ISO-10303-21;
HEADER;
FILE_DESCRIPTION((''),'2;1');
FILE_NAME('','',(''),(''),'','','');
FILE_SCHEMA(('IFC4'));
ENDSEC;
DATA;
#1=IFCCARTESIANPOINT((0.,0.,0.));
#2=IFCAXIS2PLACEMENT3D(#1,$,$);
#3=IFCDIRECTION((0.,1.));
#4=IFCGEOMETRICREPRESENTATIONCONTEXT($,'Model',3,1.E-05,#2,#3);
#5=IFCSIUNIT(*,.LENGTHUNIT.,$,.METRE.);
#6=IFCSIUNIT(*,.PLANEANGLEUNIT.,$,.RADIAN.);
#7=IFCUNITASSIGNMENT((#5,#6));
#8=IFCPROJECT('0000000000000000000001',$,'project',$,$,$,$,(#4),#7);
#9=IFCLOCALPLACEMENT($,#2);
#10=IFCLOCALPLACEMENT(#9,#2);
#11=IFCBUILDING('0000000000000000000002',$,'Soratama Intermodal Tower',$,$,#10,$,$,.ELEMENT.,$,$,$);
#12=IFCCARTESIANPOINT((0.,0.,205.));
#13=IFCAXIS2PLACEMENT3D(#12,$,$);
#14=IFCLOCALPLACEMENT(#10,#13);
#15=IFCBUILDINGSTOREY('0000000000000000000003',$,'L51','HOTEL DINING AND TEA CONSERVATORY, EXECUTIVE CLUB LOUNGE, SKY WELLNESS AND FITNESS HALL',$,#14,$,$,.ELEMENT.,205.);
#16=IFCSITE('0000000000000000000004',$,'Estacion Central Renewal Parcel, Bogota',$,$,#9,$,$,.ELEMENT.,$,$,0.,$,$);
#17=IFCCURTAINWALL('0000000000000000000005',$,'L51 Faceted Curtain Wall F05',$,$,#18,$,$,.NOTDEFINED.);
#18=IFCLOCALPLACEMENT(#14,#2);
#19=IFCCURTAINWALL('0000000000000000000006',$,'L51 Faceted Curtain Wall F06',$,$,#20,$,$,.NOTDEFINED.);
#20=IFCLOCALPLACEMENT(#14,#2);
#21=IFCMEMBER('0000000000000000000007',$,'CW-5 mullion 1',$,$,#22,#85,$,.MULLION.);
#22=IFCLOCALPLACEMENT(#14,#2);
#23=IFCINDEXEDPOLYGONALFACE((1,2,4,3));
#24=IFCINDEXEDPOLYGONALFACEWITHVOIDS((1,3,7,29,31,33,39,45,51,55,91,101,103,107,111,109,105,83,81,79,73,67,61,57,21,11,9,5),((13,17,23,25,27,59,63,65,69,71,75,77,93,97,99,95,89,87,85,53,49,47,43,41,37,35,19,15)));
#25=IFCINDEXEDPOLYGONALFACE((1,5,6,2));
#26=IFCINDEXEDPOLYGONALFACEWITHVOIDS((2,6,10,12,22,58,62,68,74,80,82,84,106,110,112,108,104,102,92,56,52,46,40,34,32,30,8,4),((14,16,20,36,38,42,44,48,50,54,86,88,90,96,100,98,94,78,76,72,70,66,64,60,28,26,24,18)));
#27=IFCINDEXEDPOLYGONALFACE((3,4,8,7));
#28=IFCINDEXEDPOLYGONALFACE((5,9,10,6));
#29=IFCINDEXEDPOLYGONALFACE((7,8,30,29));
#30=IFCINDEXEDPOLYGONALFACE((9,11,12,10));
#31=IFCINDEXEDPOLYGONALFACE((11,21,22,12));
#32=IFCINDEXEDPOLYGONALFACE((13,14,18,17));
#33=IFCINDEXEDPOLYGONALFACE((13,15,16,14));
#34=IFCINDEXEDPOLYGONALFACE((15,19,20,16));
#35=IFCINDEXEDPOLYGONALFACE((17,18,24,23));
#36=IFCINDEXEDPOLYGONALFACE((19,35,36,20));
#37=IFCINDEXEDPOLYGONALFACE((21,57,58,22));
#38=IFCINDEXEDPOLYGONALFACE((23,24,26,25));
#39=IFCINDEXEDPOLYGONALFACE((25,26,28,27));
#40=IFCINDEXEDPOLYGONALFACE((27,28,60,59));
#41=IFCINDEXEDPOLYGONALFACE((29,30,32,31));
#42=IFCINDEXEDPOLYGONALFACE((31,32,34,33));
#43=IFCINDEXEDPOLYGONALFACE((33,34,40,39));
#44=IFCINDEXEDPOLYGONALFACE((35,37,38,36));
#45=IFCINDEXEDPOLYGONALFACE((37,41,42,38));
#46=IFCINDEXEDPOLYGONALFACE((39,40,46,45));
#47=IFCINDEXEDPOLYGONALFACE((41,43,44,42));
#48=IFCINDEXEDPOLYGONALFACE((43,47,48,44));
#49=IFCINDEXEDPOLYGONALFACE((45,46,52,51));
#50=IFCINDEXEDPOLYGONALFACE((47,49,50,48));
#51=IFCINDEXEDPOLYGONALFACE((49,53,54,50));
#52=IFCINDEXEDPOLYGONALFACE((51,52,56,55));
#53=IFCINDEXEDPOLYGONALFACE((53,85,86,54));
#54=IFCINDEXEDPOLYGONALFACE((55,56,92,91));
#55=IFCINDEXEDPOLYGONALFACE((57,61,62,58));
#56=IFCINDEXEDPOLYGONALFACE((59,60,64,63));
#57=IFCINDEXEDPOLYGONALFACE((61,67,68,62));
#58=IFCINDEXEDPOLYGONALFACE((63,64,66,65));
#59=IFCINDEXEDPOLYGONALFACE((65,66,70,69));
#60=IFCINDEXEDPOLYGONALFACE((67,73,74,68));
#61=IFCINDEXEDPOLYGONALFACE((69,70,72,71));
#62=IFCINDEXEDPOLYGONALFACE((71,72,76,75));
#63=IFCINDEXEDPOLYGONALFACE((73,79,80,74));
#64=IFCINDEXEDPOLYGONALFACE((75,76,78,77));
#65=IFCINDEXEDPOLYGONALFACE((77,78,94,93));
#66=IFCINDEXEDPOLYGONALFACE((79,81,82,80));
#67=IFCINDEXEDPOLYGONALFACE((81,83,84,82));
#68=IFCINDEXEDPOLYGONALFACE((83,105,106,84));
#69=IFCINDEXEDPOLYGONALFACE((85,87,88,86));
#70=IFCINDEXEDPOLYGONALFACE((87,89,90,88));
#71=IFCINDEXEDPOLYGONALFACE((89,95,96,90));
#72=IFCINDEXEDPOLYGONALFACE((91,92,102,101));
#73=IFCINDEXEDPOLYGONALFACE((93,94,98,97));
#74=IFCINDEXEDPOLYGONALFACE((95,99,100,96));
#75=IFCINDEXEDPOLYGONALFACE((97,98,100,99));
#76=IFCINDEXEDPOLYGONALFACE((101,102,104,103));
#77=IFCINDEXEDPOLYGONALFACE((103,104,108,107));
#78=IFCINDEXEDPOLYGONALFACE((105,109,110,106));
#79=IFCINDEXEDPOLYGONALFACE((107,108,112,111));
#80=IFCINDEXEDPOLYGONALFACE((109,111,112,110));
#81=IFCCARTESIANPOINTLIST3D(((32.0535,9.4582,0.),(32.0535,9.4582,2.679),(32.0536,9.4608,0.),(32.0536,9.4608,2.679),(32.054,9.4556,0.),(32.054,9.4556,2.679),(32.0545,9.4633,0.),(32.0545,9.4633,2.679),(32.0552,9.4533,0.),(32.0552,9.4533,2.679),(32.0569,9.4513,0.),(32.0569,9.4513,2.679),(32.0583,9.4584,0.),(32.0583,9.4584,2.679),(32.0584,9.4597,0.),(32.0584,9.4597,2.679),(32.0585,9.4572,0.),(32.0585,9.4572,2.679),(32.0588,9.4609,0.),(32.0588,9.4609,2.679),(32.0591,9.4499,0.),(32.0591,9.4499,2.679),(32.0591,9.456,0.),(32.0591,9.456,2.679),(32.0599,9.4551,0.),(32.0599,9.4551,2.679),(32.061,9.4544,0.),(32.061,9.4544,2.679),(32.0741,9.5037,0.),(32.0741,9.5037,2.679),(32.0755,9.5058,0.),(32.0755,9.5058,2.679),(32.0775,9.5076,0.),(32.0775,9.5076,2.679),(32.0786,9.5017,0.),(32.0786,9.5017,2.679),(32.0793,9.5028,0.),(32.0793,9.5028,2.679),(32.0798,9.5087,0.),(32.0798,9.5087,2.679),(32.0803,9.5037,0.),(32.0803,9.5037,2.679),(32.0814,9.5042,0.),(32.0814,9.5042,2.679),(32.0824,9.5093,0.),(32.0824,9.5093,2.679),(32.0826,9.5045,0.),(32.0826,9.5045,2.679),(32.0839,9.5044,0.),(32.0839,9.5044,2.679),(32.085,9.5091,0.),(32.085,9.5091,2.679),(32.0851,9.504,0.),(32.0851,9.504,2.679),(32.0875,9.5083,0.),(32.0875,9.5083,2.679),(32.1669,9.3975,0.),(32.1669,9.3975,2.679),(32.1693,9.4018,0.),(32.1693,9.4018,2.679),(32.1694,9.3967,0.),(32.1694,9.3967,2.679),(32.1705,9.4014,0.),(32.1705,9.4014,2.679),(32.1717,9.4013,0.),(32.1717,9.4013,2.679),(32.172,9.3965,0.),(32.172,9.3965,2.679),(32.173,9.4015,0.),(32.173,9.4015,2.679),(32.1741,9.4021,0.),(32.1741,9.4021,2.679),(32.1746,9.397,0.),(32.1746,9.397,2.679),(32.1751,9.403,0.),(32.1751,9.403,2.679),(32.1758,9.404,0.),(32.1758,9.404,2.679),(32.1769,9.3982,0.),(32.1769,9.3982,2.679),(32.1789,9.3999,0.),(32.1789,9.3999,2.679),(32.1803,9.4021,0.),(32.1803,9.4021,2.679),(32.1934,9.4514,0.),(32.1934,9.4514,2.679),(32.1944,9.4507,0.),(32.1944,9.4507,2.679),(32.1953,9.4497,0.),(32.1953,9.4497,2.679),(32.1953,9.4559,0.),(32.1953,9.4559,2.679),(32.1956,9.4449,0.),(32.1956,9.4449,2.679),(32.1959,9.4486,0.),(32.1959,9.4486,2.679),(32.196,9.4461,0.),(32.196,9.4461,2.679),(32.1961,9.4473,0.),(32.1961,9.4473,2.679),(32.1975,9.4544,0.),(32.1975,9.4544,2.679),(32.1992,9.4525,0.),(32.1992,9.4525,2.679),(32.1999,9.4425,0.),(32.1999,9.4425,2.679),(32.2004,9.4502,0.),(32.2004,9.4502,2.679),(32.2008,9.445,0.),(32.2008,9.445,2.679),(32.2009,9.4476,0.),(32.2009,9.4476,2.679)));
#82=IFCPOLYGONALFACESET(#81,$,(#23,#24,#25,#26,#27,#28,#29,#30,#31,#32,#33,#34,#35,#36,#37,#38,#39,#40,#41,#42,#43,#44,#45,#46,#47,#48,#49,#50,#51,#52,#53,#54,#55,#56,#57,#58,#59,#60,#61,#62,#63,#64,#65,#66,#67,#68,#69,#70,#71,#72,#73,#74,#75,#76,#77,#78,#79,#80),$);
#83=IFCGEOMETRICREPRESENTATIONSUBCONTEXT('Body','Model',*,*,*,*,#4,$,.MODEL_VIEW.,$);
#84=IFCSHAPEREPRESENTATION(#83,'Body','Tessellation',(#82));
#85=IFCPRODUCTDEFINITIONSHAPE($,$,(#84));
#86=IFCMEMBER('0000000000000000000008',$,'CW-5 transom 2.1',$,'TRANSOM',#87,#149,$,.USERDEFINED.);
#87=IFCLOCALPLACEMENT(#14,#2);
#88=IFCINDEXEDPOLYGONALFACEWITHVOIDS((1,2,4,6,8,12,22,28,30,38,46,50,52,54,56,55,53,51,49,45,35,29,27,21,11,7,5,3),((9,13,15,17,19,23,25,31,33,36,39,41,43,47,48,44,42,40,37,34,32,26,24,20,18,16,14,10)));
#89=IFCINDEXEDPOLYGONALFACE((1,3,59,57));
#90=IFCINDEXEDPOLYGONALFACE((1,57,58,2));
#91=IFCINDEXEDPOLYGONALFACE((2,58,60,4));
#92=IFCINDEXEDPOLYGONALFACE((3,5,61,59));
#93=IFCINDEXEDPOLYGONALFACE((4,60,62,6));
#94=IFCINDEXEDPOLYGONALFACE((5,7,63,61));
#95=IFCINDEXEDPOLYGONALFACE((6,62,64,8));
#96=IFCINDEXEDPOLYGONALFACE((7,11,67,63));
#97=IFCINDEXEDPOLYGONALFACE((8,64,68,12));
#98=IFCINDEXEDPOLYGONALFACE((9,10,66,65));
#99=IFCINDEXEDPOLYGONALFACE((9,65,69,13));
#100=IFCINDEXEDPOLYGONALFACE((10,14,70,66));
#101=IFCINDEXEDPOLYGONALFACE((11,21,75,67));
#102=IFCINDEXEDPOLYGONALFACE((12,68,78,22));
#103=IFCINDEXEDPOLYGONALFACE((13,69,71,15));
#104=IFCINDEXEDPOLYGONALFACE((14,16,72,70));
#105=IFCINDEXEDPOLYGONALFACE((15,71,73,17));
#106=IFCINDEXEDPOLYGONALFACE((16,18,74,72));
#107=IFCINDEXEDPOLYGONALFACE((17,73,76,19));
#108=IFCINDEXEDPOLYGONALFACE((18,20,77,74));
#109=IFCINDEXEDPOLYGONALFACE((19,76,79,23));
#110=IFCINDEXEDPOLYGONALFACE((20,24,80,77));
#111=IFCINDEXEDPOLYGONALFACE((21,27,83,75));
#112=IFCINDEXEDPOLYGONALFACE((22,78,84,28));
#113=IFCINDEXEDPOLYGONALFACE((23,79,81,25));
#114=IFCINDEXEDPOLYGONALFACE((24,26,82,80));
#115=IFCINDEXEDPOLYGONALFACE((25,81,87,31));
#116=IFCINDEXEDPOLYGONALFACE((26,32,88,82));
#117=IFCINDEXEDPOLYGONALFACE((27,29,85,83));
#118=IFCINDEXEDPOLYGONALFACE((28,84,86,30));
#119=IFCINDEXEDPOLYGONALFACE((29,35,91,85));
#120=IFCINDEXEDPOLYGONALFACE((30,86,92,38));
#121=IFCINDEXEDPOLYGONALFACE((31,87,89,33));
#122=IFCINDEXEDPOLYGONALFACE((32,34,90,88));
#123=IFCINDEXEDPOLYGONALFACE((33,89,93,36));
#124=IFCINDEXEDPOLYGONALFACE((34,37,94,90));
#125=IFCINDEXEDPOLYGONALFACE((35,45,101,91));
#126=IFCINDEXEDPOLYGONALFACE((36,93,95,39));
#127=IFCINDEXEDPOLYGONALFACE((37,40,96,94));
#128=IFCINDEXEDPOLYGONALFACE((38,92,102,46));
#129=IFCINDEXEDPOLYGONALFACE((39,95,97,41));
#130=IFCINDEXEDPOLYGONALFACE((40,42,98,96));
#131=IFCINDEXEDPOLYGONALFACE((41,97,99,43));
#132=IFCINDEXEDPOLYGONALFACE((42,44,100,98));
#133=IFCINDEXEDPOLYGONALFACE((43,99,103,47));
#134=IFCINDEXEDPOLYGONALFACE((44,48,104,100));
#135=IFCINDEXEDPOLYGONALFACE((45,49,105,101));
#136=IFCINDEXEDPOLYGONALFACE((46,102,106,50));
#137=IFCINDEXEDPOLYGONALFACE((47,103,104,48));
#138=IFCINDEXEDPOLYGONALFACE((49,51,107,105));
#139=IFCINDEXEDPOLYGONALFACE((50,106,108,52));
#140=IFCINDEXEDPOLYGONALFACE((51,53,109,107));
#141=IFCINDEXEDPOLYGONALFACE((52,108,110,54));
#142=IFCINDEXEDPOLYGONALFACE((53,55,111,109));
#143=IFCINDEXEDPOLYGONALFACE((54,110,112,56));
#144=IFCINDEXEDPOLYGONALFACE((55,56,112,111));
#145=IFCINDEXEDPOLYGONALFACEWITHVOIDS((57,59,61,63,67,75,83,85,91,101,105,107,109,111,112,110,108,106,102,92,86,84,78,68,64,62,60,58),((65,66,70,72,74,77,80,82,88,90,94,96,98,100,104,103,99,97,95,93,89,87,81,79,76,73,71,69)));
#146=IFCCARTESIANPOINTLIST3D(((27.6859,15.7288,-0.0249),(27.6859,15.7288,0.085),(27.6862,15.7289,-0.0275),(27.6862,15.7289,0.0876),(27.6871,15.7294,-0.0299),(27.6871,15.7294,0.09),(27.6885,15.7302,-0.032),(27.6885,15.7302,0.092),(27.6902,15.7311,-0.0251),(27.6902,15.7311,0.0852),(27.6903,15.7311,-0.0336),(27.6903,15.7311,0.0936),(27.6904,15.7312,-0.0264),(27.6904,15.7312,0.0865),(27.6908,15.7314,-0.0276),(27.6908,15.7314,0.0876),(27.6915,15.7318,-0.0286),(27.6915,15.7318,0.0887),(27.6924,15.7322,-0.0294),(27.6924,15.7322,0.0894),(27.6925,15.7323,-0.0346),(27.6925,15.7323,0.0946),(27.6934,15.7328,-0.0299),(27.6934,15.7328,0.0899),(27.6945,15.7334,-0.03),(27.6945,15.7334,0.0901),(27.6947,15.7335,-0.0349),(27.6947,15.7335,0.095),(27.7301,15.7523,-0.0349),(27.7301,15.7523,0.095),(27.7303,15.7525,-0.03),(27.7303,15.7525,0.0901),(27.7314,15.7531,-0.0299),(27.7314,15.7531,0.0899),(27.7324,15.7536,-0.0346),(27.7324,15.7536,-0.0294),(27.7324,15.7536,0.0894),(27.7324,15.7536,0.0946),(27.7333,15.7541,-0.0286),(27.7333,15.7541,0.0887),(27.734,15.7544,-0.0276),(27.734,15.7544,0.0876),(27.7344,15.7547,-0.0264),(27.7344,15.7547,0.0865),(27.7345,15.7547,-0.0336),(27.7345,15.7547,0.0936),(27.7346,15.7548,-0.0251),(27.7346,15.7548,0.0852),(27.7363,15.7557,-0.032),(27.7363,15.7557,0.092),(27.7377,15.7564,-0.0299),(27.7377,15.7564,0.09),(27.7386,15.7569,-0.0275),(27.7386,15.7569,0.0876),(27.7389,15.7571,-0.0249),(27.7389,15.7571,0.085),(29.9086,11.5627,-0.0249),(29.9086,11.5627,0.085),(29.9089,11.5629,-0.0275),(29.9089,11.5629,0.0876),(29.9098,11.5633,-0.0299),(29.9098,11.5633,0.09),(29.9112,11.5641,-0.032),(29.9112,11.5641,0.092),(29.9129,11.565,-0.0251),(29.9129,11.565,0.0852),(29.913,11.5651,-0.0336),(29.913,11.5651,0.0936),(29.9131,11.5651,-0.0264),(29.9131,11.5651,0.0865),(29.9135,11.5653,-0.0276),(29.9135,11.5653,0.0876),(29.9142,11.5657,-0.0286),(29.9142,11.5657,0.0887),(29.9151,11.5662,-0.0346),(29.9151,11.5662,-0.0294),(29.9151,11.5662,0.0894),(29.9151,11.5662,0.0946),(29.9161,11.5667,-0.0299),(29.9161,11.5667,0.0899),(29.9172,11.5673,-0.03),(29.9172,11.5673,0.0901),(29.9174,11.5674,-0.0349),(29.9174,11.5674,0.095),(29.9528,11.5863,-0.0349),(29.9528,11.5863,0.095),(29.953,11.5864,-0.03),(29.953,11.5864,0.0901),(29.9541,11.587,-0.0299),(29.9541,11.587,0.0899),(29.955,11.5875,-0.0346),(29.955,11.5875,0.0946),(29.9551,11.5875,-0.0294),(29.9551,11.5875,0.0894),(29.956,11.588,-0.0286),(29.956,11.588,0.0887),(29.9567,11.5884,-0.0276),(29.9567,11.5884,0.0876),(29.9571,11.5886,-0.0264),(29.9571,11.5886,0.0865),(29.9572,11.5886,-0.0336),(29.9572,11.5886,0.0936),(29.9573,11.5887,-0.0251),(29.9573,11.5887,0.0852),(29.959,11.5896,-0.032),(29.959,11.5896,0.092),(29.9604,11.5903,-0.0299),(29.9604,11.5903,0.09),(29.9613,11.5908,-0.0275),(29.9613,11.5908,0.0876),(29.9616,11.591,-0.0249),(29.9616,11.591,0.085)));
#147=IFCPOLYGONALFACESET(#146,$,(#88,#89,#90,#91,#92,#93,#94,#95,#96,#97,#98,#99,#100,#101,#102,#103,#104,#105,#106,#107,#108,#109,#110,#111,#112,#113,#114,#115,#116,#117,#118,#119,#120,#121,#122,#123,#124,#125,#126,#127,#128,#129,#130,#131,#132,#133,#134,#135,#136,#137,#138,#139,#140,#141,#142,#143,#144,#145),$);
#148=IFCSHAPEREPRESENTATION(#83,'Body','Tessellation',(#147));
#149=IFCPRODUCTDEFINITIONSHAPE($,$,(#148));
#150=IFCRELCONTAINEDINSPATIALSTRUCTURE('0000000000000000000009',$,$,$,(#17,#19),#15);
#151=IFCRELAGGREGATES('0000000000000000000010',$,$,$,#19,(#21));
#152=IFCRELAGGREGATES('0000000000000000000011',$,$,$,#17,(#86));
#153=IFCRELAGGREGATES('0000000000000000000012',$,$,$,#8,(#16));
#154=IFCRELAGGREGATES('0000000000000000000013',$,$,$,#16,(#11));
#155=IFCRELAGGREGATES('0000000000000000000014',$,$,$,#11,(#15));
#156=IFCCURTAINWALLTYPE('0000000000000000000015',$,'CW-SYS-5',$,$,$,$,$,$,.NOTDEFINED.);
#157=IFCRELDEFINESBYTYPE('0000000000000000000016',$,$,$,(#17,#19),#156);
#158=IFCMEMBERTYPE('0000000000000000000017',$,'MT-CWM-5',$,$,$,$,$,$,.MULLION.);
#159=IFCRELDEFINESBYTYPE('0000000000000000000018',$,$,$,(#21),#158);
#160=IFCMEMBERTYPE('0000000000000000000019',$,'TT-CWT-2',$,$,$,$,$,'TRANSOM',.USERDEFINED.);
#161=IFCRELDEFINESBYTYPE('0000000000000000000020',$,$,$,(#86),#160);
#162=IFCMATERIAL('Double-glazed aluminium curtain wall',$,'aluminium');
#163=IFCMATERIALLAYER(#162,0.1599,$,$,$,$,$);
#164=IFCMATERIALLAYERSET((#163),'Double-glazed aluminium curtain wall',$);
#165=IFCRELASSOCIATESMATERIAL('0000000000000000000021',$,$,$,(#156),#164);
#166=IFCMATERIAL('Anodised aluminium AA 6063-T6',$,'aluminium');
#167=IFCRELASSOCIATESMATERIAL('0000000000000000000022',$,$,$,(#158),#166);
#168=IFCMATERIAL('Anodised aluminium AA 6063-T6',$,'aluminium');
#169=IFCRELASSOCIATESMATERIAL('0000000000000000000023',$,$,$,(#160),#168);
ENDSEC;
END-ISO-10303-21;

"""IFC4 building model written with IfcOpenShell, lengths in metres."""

from ifc_helpers import new_model, si_unit, direction, frame, origin, origin_2d, place, context, subcontext, project, spatial, hollow_rectangle, extrude, material, layer, layer_set, material_profile, profile_set, type_object, element, aggregate, save


model = new_model("IFC4")

# Units and contexts
model_context = context("Model", 3, precision=1e-05, world=origin(), true_north=direction((0.0, 1.0)))
body_context = subcontext(model_context, "Body", "Model", "MODEL_VIEW")
ifc_project = project(units=[si_unit("LENGTHUNIT", "METRE"), si_unit("PLANEANGLEUNIT", "RADIAN")], contexts=[model_context])

# Site, building, storey
site_placement = place(None, origin())
site = spatial("IfcSite", under=ifc_project, at=site_placement, Name="Estacion Central Renewal Parcel, Bogota", CompositionType="ELEMENT", RefElevation=0.0)
building_placement = place(site_placement, origin())
building = spatial("IfcBuilding", under=site, at=building_placement, Name="Soratama Intermodal Tower", CompositionType="ELEMENT")
storey_placement = place(building_placement, frame((0.0, 0.0, 205.0)))
storey = spatial("IfcBuildingStorey", under=building, at=storey_placement, Name="L51", Description="HOTEL DINING AND TEA CONSERVATORY, EXECUTIVE CLUB LOUNGE, SKY WELLNESS AND FITNESS HALL", CompositionType="ELEMENT", Elevation=205.0)

# Curtain wall
ifc_material_1 = material(Name="Double-glazed aluminium curtain wall", Category="aluminium")
ifc_layer_1 = layer(ifc_material_1, 0.1599)
ifc_layer_set_1 = layer_set([ifc_layer_1], Name="Double-glazed aluminium curtain wall")
curtain_wall_type = type_object("IfcCurtainWallType", Name="CW-SYS-5", PredefinedType="NOTDEFINED", material=ifc_layer_set_1)
curtain_wall_1_placement = place(storey_placement, origin())
curtain_wall_1 = element("IfcCurtainWall", 1, at=curtain_wall_1_placement, inside=storey, type_object=curtain_wall_type, Name="L51 Faceted Curtain Wall F05", PredefinedType="NOTDEFINED")
ifc_material_2 = material(Name="Anodised aluminium AA 6063-T6", Category="aluminium")
ifc_material_profile_1 = material_profile(ifc_material_2, hollow_rectangle(XDim=0.0649, YDim=0.1399, WallThickness=0.0049, InnerFilletRadius=0.0049, OuterFilletRadius=0.01, at=origin_2d()), Name="CWM140X65X5")
ifc_profile_set_1 = profile_set([ifc_material_profile_1], Name="Anodised aluminium AA 6063-T6")
member_type_1 = type_object("IfcMemberType", Name="MT-CWM-5", PredefinedType="MULLION", material=ifc_profile_set_1)

# Curtain wall, member
curtain_wall_2_placement = place(storey_placement, origin())
curtain_wall_2 = element("IfcCurtainWall", 2, at=curtain_wall_2_placement, inside=storey, type_object=curtain_wall_type, Name="L51 Faceted Curtain Wall F06", PredefinedType="NOTDEFINED")
member_1_placement = place(storey_placement, frame((32.1272, 9.4529, 0.0), z_axis=(0.0, 0.0, 1.0), x_axis=(0.437111, 0.899408, 0.0)))
member_1 = element("IfcMember", 3, at=member_1_placement, type_object=member_type_1, Name="CW-5 mullion 1", PredefinedType="MULLION", context=body_context, shape_type="SweptSolid", body=[
    extrude(hollow_rectangle(XDim=0.0649, YDim=0.1399, WallThickness=0.0049, InnerFilletRadius=0.0049, OuterFilletRadius=0.01, at=origin_2d()), origin(), (0.0, 0.0, 1.0), 2.679),
])

# Member
ifc_material_3 = material(Name="Anodised aluminium AA 6063-T6", Category="aluminium")
ifc_material_profile_2 = material_profile(ifc_material_3, hollow_rectangle(XDim=0.0601, YDim=0.1299, WallThickness=0.0049, InnerFilletRadius=0.0049, OuterFilletRadius=0.01, at=origin_2d()), Name="CWT130X60X5")
ifc_profile_set_2 = profile_set([ifc_material_profile_2], Name="Anodised aluminium AA 6063-T6")
member_type_2 = type_object("IfcMemberType", Name="TT-CWT-2", ElementType="TRANSOM", PredefinedType="USERDEFINED", material=ifc_profile_set_2)
member_2_placement = place(storey_placement, frame((27.7124, 15.7429, 0.03), z_axis=(0.470717, -0.882284, 0.0), x_axis=(0.882284, 0.470717, 0.0)))
member_2 = element("IfcMember", 4, at=member_2_placement, type_object=member_type_2, Name="CW-5 transom 2.1", ObjectType="TRANSOM", PredefinedType="USERDEFINED", context=body_context, shape_type="SweptSolid", body=[
    extrude(hollow_rectangle(XDim=0.0601, YDim=0.1299, WallThickness=0.0049, InnerFilletRadius=0.0049, OuterFilletRadius=0.01, at=origin_2d()), origin(), (0.0, 0.0, 1.0), 4.7219),
])
aggregate(curtain_wall_2, [member_1])

aggregate(curtain_wall_1, [member_2])

save(model, "model.ifc")
